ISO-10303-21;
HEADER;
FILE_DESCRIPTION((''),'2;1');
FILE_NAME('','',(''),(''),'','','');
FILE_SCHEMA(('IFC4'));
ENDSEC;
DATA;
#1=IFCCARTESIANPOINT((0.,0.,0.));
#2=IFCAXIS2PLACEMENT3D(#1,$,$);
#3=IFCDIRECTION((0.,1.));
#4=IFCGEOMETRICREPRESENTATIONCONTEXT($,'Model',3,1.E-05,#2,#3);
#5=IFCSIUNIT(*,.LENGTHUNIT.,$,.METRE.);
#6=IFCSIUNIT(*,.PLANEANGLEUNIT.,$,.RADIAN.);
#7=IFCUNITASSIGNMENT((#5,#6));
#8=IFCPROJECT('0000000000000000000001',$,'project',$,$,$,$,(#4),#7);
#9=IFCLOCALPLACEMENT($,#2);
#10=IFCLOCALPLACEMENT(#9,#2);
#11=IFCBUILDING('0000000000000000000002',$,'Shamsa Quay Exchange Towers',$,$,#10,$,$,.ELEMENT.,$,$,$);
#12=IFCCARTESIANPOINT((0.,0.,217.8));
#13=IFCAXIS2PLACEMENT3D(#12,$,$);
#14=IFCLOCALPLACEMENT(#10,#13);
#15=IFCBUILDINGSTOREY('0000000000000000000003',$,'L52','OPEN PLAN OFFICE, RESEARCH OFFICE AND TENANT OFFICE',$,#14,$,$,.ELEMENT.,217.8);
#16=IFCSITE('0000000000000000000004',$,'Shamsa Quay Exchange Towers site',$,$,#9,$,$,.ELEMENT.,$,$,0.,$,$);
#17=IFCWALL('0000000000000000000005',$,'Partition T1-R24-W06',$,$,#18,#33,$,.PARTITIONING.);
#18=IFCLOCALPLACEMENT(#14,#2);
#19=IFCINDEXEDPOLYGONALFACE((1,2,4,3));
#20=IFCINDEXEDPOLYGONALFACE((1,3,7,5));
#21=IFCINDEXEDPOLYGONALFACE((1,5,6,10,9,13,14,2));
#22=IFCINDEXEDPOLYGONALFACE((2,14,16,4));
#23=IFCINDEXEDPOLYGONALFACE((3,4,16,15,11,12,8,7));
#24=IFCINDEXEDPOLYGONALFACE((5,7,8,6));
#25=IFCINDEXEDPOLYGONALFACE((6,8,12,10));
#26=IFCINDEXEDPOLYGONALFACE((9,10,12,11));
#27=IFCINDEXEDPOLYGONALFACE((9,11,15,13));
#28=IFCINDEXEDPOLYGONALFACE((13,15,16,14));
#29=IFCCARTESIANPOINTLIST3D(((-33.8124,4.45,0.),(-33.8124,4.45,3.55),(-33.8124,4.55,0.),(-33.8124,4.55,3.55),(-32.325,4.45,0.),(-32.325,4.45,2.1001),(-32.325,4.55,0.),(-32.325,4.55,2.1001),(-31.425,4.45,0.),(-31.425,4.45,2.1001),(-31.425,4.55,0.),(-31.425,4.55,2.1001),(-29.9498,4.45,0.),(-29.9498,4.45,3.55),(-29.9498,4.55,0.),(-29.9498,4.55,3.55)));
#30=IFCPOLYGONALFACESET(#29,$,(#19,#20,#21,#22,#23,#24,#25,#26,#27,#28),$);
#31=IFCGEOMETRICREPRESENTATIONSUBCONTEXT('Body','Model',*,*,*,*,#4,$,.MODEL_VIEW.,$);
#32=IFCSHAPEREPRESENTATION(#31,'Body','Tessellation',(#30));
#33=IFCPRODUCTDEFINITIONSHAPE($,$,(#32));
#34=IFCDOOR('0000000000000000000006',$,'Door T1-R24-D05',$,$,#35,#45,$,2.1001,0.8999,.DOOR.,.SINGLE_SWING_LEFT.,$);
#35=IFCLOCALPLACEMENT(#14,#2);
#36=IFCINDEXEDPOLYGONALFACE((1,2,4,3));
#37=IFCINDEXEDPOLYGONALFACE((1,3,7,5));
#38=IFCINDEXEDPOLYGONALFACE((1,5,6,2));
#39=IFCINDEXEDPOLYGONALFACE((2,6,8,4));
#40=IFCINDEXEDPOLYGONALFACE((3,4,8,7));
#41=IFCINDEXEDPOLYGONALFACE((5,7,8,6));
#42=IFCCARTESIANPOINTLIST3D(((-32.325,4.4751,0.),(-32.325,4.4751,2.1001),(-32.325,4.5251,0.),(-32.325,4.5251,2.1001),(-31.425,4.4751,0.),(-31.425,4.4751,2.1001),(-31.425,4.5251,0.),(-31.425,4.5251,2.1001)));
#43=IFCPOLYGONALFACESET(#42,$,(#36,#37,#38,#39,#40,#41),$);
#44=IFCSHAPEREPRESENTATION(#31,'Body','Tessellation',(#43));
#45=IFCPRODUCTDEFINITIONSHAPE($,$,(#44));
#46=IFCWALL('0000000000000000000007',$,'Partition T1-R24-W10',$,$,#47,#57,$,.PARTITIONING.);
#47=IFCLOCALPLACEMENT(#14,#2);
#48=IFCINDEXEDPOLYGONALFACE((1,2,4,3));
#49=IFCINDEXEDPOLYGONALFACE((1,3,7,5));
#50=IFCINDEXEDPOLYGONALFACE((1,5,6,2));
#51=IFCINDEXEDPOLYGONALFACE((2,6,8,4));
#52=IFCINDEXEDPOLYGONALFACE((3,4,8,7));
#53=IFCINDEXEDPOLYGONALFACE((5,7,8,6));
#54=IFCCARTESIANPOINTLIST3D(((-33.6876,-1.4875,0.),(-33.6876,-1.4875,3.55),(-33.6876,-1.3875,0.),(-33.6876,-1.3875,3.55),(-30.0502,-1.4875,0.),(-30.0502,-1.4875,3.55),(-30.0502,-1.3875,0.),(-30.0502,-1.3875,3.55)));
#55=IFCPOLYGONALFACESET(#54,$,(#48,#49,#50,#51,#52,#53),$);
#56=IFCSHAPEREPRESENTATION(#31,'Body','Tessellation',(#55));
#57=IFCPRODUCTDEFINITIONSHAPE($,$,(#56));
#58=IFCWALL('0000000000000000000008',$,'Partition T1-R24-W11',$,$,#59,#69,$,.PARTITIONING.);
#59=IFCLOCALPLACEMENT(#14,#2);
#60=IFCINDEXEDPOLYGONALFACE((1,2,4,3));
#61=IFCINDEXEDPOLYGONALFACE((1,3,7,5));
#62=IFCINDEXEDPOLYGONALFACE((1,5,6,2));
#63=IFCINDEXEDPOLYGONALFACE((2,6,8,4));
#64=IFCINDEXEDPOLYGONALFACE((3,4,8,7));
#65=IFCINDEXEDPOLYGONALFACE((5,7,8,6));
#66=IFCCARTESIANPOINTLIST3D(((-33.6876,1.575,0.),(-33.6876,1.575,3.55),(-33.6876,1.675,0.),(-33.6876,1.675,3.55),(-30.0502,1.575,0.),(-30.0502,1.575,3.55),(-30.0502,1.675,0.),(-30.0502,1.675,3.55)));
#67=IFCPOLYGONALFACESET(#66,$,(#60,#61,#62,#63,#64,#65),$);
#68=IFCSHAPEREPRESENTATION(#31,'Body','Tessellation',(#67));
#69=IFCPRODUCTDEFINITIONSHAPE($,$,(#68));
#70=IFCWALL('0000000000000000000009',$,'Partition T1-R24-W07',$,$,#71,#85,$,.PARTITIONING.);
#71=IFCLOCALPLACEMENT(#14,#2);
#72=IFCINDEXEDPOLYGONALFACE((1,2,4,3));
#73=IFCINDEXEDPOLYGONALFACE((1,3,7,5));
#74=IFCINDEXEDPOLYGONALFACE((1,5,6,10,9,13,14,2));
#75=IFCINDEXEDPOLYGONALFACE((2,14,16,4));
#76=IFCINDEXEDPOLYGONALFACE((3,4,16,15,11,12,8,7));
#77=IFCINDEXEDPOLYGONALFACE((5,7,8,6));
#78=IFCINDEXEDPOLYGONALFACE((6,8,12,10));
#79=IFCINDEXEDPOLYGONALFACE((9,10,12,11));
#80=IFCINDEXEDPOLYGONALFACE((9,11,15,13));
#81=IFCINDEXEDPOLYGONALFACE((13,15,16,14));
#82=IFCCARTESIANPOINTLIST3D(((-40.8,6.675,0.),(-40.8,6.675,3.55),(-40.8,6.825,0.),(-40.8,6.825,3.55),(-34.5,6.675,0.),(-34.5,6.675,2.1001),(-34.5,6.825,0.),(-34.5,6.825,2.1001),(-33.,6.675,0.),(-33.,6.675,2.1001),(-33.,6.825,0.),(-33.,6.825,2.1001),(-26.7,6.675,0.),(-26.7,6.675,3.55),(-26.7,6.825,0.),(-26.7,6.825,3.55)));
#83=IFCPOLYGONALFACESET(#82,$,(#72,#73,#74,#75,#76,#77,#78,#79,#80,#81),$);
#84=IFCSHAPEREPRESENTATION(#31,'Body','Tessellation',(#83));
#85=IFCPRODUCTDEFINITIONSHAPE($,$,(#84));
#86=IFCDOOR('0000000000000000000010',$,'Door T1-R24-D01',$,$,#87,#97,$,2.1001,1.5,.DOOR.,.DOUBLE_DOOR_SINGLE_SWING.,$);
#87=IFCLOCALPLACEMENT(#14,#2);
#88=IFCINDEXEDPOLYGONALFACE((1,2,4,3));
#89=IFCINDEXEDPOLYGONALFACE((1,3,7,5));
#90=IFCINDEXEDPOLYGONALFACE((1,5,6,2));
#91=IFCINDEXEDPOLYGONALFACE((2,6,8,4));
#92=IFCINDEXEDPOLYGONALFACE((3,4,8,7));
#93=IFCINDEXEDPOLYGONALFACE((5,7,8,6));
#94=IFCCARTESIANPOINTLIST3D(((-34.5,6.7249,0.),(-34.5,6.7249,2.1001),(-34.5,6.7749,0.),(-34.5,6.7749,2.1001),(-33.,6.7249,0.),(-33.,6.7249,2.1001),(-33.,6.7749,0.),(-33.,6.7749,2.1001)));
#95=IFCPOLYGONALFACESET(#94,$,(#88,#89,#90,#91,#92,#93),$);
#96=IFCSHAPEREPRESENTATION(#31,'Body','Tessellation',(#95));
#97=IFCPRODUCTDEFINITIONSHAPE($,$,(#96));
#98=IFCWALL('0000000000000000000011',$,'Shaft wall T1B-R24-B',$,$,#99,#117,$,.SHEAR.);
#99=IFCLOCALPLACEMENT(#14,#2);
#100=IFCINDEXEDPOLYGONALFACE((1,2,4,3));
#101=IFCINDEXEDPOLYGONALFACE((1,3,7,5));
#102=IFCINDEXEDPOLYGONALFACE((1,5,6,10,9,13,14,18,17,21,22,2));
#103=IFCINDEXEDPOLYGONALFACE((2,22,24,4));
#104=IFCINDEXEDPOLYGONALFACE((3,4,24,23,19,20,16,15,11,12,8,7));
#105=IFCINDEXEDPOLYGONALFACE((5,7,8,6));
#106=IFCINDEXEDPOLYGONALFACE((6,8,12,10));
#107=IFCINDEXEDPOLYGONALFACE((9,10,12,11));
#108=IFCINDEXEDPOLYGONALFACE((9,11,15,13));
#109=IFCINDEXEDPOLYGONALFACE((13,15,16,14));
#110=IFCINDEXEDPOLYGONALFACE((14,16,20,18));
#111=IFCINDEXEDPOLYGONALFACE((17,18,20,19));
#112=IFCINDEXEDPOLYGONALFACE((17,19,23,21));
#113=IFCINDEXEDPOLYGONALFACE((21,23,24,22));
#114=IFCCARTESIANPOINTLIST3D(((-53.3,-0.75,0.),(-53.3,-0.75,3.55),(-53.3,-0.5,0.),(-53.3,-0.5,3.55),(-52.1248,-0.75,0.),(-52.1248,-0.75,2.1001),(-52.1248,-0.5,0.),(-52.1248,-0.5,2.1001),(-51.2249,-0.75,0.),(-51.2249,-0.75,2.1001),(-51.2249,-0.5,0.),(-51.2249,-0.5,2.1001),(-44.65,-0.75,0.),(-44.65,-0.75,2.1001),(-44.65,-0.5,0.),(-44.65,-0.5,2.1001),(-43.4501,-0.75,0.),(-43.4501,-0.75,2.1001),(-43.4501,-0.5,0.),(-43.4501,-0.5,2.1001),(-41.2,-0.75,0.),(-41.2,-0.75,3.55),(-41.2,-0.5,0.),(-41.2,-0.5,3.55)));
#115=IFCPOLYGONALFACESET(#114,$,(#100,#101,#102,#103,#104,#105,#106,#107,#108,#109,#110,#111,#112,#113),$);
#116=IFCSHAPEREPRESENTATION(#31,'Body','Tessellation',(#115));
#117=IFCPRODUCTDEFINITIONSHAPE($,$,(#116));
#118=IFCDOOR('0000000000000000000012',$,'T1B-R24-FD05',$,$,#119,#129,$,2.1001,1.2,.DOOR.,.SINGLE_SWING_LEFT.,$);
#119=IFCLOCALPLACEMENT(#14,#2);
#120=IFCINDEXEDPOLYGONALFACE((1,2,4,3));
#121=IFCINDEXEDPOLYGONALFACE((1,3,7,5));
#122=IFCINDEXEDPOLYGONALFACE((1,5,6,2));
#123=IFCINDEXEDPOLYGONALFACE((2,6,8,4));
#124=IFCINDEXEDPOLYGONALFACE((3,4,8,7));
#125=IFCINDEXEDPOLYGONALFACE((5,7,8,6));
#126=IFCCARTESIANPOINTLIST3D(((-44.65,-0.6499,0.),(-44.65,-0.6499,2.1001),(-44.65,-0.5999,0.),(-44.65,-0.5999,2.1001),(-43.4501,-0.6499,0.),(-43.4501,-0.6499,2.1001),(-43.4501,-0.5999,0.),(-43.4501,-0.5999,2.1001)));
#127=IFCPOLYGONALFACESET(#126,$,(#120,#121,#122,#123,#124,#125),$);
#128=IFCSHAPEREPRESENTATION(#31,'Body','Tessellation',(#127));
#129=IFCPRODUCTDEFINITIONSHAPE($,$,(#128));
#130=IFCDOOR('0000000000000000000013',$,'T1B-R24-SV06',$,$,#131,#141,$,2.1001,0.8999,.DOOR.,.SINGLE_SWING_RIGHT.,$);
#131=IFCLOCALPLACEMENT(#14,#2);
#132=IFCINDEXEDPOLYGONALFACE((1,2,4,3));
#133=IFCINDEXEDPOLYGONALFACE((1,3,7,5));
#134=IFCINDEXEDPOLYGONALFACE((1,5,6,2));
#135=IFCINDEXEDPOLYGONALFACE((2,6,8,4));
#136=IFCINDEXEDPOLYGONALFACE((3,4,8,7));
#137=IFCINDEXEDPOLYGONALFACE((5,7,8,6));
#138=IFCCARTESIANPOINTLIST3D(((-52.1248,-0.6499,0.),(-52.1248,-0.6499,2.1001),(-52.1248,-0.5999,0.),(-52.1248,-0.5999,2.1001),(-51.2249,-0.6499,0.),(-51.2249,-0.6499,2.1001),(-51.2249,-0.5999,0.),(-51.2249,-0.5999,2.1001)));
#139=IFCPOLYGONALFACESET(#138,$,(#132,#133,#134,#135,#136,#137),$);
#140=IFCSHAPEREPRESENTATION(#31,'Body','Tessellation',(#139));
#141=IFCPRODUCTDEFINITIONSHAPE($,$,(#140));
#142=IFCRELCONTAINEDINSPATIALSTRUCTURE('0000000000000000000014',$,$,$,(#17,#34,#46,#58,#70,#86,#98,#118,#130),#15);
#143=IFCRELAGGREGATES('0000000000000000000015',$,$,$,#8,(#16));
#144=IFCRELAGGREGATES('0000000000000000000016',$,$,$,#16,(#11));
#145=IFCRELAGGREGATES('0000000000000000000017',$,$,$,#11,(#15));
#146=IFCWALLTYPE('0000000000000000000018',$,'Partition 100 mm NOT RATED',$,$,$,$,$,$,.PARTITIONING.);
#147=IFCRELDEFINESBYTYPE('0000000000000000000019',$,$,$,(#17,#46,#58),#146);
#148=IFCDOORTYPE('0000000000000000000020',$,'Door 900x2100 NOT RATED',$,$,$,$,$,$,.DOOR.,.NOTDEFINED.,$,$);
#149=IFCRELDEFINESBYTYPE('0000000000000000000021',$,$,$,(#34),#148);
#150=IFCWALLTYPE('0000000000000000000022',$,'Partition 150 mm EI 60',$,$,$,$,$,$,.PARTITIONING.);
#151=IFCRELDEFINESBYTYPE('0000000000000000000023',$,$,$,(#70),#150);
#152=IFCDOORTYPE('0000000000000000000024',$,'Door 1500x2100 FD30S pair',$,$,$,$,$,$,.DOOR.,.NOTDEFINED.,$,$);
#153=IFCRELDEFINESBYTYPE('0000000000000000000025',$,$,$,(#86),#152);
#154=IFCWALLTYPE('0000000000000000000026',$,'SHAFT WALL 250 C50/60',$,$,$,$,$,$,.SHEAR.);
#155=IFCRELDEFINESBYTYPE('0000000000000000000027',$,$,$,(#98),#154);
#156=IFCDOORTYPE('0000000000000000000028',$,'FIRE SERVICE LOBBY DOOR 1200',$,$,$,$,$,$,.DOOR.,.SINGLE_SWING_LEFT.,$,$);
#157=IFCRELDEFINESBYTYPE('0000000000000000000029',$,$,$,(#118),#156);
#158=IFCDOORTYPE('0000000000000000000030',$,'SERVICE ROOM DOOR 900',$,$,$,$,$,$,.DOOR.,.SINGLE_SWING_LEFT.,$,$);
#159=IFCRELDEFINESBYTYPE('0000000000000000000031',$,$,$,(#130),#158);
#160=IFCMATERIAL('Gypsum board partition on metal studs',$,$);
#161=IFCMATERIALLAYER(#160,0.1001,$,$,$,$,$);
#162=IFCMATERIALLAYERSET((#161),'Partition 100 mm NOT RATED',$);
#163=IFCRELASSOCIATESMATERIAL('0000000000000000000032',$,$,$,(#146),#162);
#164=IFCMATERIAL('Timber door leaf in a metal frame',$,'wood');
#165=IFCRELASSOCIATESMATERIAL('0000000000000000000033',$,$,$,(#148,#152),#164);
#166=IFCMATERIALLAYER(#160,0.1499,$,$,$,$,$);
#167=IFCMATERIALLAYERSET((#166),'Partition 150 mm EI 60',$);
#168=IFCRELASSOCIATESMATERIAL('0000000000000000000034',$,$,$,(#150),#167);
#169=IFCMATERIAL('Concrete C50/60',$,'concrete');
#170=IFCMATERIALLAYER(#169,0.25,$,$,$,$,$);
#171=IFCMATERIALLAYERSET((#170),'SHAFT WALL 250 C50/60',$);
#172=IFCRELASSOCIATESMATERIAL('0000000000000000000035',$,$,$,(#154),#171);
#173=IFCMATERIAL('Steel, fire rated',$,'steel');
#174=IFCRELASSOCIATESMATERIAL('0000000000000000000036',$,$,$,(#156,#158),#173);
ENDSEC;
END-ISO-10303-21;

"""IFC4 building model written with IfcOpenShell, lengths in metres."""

from ifc_helpers import new_model, si_unit, direction, frame, frame_2d, origin, place, context, subcontext, project, spatial, rectangle, extrude, material, layer, layer_set, type_object, element, fill, save


model = new_model("IFC4")

# Units and contexts
model_context = context("Model", 3, precision=1e-05, world=origin(), true_north=direction((0.0, 1.0)))
body_context = subcontext(model_context, "Body", "Model", "MODEL_VIEW")
ifc_project = project(units=[si_unit("LENGTHUNIT", "METRE"), si_unit("PLANEANGLEUNIT", "RADIAN")], contexts=[model_context])

# Site, building, storey
site_placement = place(None, origin())
site = spatial("IfcSite", under=ifc_project, at=site_placement, Name="Shamsa Quay Exchange Towers site", CompositionType="ELEMENT", RefElevation=0.0)
building_placement = place(site_placement, origin())
building = spatial("IfcBuilding", under=site, at=building_placement, Name="Shamsa Quay Exchange Towers", CompositionType="ELEMENT")
storey_placement = place(building_placement, frame((0.0, 0.0, 217.8)))
storey = spatial("IfcBuildingStorey", under=building, at=storey_placement, Name="L52", Description="OPEN PLAN OFFICE, RESEARCH OFFICE AND TENANT OFFICE", CompositionType="ELEMENT", Elevation=217.8)

# Shared definitions
ifc_material_1 = material(Name="Timber door leaf in a metal frame", Category="wood")

# Wall, opening, door
ifc_material_2 = material(Name="Gypsum board partition on metal studs")
ifc_layer_1 = layer(ifc_material_2, 0.1001)
ifc_layer_set_1 = layer_set([ifc_layer_1], Name="Partition 100 mm NOT RATED")
wall_type_1 = type_object("IfcWallType", Name="Partition 100 mm NOT RATED", PredefinedType="PARTITIONING", material=ifc_layer_set_1)
wall_1_placement = place(storey_placement, frame((-29.95, 4.5, 0.0), z_axis=(0.0, 0.0, 1.0), x_axis=(-1.0, 0.0, 0.0)))
wall_1 = element("IfcWall", 1, at=wall_1_placement, inside=storey, type_object=wall_type_1, Name="Partition T1-R24-W06", PredefinedType="PARTITIONING", context=body_context, shape_type="SweptSolid", body=[
    extrude(rectangle(XDim=3.8625, YDim=0.1001, at=frame_2d((1.9312, 0.0))), origin(), (0.0, 0.0, 1.0), 3.55),
])
opening_1_placement = place(wall_1_placement, frame((1.4751, 0.0, 0.0)))
opening_1 = element("IfcOpeningElement", 2, at=opening_1_placement, cuts=wall_1, PredefinedType="OPENING", context=body_context, shape_type="SweptSolid", body=[
    extrude(rectangle(XDim=0.8999, YDim=2.1001, at=frame_2d((0.45, 1.05))), frame((0.0, 0.0601, 0.0), z_axis=(0.0, -1.0, 0.0), x_axis=(1.0, 0.0, 0.0)), (0.0, 0.0, 1.0), 0.1201),
])
door_type_1 = type_object("IfcDoorType", Name="Door 900x2100 NOT RATED", OperationType="NOTDEFINED", PredefinedType="DOOR", material=ifc_material_1)
door_1_placement = place(opening_1_placement, origin())
door_1 = element("IfcDoor", 3, at=door_1_placement, inside=storey, type_object=door_type_1, Name="Door T1-R24-D05", OperationType="SINGLE_SWING_LEFT", OverallHeight=2.1001, OverallWidth=0.8999, PredefinedType="DOOR", context=body_context, shape_type="SweptSolid", body=[
    extrude(rectangle(XDim=0.8999, YDim=2.1001, at=frame_2d((0.45, 1.05))), frame((0.0, 0.0249, 0.0), z_axis=(0.0, -1.0, 0.0), x_axis=(1.0, 0.0, 0.0)), (0.0, 0.0, 1.0), 0.05),
])
fill(opening_1, door_1)

# Walls
for number, where, z_axis, x_axis, name in (
    (4, (-30.05, -1.4375, 0.0), (0.0, 0.0, 1.0), (-1.0, 0.0, 0.0), "Partition T1-R24-W10"),
    (5, (-30.05, 1.625, 0.0), (0.0, 0.0, 1.0), (-1.0, 0.0, 0.0), "Partition T1-R24-W11"),
):
    element("IfcWall", number, at=place(storey_placement, frame(where, z_axis=z_axis, x_axis=x_axis)), inside=storey, type_object=wall_type_1, Name=name, PredefinedType="PARTITIONING", context=body_context, shape_type="SweptSolid", body=[
        extrude(rectangle(XDim=3.6375, YDim=0.1001, at=frame_2d((1.8188, 0.0))), origin(), (0.0, 0.0, 1.0), 3.55),
    ])

# Wall, opening, door
ifc_layer_2 = layer(ifc_material_2, 0.1499)
ifc_layer_set_2 = layer_set([ifc_layer_2], Name="Partition 150 mm EI 60")
wall_type_2 = type_object("IfcWallType", Name="Partition 150 mm EI 60", PredefinedType="PARTITIONING", material=ifc_layer_set_2)
wall_2_placement = place(storey_placement, frame((-40.8, 6.75, 0.0)))
wall_2 = element("IfcWall", 6, at=wall_2_placement, inside=storey, type_object=wall_type_2, Name="Partition T1-R24-W07", PredefinedType="PARTITIONING", context=body_context, shape_type="SweptSolid", body=[
    extrude(rectangle(XDim=14.1001, YDim=0.1499, at=frame_2d((7.05, 0.0))), origin(), (0.0, 0.0, 1.0), 3.55),
])
opening_2_placement = place(wall_2_placement, frame((6.3, 0.0, 0.0)))
opening_2 = element("IfcOpeningElement", 7, at=opening_2_placement, cuts=wall_2, PredefinedType="OPENING", context=body_context, shape_type="SweptSolid", body=[
    extrude(rectangle(XDim=1.5, YDim=2.1001, at=frame_2d((0.75, 1.05))), frame((0.0, 0.085, 0.0), z_axis=(0.0, -1.0, 0.0), x_axis=(1.0, 0.0, 0.0)), (0.0, 0.0, 1.0), 0.1699),
])
door_type_2 = type_object("IfcDoorType", Name="Door 1500x2100 FD30S pair", OperationType="NOTDEFINED", PredefinedType="DOOR", material=ifc_material_1)
door_2_placement = place(opening_2_placement, origin())
door_2 = element("IfcDoor", 8, at=door_2_placement, inside=storey, type_object=door_type_2, Name="Door T1-R24-D01", OperationType="DOUBLE_DOOR_SINGLE_SWING", OverallHeight=2.1001, OverallWidth=1.5, PredefinedType="DOOR", context=body_context, shape_type="SweptSolid", body=[
    extrude(rectangle(XDim=1.5, YDim=2.1001, at=frame_2d((0.75, 1.05))), frame((0.0, 0.0249, 0.0), z_axis=(0.0, -1.0, 0.0), x_axis=(1.0, 0.0, 0.0)), (0.0, 0.0, 1.0), 0.05),
])
fill(opening_2, door_2)

# Wall, openings, doors
ifc_material_3 = material(Name="Concrete C50/60", Category="concrete")
ifc_layer_3 = layer(ifc_material_3, 0.25)
ifc_layer_set_3 = layer_set([ifc_layer_3], Name="SHAFT WALL 250 C50/60")
wall_type_3 = type_object("IfcWallType", Name="SHAFT WALL 250 C50/60", PredefinedType="SHEAR", material=ifc_layer_set_3)
wall_3_placement = place(storey_placement, frame((-41.2, -0.625, 0.0), z_axis=(0.0, 0.0, 1.0), x_axis=(-1.0, 0.0, 0.0)))
wall_3 = element("IfcWall", 9, at=wall_3_placement, inside=storey, type_object=wall_type_3, Name="Shaft wall T1B-R24-B", PredefinedType="SHEAR", context=body_context, shape_type="SweptSolid", body=[
    extrude(rectangle(XDim=12.1001, YDim=0.25, at=frame_2d((6.05, 0.0))), origin(), (0.0, 0.0, 1.0), 3.55),
])
opening_3_placement = place(wall_3_placement, frame((2.25, 0.0, 0.0)))
opening_3 = element("IfcOpeningElement", 10, at=opening_3_placement, cuts=wall_3, PredefinedType="OPENING", context=body_context, shape_type="SweptSolid", body=[
    extrude(rectangle(XDim=1.2, YDim=2.1001, at=frame_2d((0.6001, 1.05))), frame((0.0, 0.135, 0.0), z_axis=(0.0, -1.0, 0.0), x_axis=(1.0, 0.0, 0.0)), (0.0, 0.0, 1.0), 0.27),
])
opening_4_placement = place(wall_3_placement, frame((10.0249, 0.0, 0.0)))
opening_4 = element("IfcOpeningElement", 11, at=opening_4_placement, cuts=wall_3, PredefinedType="OPENING", context=body_context, shape_type="SweptSolid", body=[
    extrude(rectangle(XDim=0.8999, YDim=2.1001, at=frame_2d((0.45, 1.05))), frame((0.0, 0.135, 0.0), z_axis=(0.0, -1.0, 0.0), x_axis=(1.0, 0.0, 0.0)), (0.0, 0.0, 1.0), 0.27),
])
ifc_material_4 = material(Name="Steel, fire rated", Category="steel")
door_type_3 = type_object("IfcDoorType", Name="FIRE SERVICE LOBBY DOOR 1200", OperationType="SINGLE_SWING_LEFT", PredefinedType="DOOR", material=ifc_material_4)
door_3_placement = place(opening_3_placement, origin())
door_3 = element("IfcDoor", 12, at=door_3_placement, inside=storey, type_object=door_type_3, Name="T1B-R24-FD05", OperationType="SINGLE_SWING_LEFT", OverallHeight=2.1001, OverallWidth=1.2, PredefinedType="DOOR", context=body_context, shape_type="SweptSolid", body=[
    extrude(rectangle(XDim=1.2, YDim=2.1001, at=frame_2d((0.6001, 1.05))), frame((0.0, 0.0249, 0.0), z_axis=(0.0, -1.0, 0.0), x_axis=(1.0, 0.0, 0.0)), (0.0, 0.0, 1.0), 0.05),
])
fill(opening_3, door_3)
door_type_4 = type_object("IfcDoorType", Name="SERVICE ROOM DOOR 900", OperationType="SINGLE_SWING_LEFT", PredefinedType="DOOR", material=ifc_material_4)
door_4_placement = place(opening_4_placement, origin())
door_4 = element("IfcDoor", 13, at=door_4_placement, inside=storey, type_object=door_type_4, Name="T1B-R24-SV06", OperationType="SINGLE_SWING_RIGHT", OverallHeight=2.1001, OverallWidth=0.8999, PredefinedType="DOOR", context=body_context, shape_type="SweptSolid", body=[
    extrude(rectangle(XDim=0.8999, YDim=2.1001, at=frame_2d((0.45, 1.05))), frame((0.0, 0.0249, 0.0), z_axis=(0.0, -1.0, 0.0), x_axis=(1.0, 0.0, 0.0)), (0.0, 0.0, 1.0), 0.05),
])
fill(opening_4, door_4)

save(model, "model.ifc")
